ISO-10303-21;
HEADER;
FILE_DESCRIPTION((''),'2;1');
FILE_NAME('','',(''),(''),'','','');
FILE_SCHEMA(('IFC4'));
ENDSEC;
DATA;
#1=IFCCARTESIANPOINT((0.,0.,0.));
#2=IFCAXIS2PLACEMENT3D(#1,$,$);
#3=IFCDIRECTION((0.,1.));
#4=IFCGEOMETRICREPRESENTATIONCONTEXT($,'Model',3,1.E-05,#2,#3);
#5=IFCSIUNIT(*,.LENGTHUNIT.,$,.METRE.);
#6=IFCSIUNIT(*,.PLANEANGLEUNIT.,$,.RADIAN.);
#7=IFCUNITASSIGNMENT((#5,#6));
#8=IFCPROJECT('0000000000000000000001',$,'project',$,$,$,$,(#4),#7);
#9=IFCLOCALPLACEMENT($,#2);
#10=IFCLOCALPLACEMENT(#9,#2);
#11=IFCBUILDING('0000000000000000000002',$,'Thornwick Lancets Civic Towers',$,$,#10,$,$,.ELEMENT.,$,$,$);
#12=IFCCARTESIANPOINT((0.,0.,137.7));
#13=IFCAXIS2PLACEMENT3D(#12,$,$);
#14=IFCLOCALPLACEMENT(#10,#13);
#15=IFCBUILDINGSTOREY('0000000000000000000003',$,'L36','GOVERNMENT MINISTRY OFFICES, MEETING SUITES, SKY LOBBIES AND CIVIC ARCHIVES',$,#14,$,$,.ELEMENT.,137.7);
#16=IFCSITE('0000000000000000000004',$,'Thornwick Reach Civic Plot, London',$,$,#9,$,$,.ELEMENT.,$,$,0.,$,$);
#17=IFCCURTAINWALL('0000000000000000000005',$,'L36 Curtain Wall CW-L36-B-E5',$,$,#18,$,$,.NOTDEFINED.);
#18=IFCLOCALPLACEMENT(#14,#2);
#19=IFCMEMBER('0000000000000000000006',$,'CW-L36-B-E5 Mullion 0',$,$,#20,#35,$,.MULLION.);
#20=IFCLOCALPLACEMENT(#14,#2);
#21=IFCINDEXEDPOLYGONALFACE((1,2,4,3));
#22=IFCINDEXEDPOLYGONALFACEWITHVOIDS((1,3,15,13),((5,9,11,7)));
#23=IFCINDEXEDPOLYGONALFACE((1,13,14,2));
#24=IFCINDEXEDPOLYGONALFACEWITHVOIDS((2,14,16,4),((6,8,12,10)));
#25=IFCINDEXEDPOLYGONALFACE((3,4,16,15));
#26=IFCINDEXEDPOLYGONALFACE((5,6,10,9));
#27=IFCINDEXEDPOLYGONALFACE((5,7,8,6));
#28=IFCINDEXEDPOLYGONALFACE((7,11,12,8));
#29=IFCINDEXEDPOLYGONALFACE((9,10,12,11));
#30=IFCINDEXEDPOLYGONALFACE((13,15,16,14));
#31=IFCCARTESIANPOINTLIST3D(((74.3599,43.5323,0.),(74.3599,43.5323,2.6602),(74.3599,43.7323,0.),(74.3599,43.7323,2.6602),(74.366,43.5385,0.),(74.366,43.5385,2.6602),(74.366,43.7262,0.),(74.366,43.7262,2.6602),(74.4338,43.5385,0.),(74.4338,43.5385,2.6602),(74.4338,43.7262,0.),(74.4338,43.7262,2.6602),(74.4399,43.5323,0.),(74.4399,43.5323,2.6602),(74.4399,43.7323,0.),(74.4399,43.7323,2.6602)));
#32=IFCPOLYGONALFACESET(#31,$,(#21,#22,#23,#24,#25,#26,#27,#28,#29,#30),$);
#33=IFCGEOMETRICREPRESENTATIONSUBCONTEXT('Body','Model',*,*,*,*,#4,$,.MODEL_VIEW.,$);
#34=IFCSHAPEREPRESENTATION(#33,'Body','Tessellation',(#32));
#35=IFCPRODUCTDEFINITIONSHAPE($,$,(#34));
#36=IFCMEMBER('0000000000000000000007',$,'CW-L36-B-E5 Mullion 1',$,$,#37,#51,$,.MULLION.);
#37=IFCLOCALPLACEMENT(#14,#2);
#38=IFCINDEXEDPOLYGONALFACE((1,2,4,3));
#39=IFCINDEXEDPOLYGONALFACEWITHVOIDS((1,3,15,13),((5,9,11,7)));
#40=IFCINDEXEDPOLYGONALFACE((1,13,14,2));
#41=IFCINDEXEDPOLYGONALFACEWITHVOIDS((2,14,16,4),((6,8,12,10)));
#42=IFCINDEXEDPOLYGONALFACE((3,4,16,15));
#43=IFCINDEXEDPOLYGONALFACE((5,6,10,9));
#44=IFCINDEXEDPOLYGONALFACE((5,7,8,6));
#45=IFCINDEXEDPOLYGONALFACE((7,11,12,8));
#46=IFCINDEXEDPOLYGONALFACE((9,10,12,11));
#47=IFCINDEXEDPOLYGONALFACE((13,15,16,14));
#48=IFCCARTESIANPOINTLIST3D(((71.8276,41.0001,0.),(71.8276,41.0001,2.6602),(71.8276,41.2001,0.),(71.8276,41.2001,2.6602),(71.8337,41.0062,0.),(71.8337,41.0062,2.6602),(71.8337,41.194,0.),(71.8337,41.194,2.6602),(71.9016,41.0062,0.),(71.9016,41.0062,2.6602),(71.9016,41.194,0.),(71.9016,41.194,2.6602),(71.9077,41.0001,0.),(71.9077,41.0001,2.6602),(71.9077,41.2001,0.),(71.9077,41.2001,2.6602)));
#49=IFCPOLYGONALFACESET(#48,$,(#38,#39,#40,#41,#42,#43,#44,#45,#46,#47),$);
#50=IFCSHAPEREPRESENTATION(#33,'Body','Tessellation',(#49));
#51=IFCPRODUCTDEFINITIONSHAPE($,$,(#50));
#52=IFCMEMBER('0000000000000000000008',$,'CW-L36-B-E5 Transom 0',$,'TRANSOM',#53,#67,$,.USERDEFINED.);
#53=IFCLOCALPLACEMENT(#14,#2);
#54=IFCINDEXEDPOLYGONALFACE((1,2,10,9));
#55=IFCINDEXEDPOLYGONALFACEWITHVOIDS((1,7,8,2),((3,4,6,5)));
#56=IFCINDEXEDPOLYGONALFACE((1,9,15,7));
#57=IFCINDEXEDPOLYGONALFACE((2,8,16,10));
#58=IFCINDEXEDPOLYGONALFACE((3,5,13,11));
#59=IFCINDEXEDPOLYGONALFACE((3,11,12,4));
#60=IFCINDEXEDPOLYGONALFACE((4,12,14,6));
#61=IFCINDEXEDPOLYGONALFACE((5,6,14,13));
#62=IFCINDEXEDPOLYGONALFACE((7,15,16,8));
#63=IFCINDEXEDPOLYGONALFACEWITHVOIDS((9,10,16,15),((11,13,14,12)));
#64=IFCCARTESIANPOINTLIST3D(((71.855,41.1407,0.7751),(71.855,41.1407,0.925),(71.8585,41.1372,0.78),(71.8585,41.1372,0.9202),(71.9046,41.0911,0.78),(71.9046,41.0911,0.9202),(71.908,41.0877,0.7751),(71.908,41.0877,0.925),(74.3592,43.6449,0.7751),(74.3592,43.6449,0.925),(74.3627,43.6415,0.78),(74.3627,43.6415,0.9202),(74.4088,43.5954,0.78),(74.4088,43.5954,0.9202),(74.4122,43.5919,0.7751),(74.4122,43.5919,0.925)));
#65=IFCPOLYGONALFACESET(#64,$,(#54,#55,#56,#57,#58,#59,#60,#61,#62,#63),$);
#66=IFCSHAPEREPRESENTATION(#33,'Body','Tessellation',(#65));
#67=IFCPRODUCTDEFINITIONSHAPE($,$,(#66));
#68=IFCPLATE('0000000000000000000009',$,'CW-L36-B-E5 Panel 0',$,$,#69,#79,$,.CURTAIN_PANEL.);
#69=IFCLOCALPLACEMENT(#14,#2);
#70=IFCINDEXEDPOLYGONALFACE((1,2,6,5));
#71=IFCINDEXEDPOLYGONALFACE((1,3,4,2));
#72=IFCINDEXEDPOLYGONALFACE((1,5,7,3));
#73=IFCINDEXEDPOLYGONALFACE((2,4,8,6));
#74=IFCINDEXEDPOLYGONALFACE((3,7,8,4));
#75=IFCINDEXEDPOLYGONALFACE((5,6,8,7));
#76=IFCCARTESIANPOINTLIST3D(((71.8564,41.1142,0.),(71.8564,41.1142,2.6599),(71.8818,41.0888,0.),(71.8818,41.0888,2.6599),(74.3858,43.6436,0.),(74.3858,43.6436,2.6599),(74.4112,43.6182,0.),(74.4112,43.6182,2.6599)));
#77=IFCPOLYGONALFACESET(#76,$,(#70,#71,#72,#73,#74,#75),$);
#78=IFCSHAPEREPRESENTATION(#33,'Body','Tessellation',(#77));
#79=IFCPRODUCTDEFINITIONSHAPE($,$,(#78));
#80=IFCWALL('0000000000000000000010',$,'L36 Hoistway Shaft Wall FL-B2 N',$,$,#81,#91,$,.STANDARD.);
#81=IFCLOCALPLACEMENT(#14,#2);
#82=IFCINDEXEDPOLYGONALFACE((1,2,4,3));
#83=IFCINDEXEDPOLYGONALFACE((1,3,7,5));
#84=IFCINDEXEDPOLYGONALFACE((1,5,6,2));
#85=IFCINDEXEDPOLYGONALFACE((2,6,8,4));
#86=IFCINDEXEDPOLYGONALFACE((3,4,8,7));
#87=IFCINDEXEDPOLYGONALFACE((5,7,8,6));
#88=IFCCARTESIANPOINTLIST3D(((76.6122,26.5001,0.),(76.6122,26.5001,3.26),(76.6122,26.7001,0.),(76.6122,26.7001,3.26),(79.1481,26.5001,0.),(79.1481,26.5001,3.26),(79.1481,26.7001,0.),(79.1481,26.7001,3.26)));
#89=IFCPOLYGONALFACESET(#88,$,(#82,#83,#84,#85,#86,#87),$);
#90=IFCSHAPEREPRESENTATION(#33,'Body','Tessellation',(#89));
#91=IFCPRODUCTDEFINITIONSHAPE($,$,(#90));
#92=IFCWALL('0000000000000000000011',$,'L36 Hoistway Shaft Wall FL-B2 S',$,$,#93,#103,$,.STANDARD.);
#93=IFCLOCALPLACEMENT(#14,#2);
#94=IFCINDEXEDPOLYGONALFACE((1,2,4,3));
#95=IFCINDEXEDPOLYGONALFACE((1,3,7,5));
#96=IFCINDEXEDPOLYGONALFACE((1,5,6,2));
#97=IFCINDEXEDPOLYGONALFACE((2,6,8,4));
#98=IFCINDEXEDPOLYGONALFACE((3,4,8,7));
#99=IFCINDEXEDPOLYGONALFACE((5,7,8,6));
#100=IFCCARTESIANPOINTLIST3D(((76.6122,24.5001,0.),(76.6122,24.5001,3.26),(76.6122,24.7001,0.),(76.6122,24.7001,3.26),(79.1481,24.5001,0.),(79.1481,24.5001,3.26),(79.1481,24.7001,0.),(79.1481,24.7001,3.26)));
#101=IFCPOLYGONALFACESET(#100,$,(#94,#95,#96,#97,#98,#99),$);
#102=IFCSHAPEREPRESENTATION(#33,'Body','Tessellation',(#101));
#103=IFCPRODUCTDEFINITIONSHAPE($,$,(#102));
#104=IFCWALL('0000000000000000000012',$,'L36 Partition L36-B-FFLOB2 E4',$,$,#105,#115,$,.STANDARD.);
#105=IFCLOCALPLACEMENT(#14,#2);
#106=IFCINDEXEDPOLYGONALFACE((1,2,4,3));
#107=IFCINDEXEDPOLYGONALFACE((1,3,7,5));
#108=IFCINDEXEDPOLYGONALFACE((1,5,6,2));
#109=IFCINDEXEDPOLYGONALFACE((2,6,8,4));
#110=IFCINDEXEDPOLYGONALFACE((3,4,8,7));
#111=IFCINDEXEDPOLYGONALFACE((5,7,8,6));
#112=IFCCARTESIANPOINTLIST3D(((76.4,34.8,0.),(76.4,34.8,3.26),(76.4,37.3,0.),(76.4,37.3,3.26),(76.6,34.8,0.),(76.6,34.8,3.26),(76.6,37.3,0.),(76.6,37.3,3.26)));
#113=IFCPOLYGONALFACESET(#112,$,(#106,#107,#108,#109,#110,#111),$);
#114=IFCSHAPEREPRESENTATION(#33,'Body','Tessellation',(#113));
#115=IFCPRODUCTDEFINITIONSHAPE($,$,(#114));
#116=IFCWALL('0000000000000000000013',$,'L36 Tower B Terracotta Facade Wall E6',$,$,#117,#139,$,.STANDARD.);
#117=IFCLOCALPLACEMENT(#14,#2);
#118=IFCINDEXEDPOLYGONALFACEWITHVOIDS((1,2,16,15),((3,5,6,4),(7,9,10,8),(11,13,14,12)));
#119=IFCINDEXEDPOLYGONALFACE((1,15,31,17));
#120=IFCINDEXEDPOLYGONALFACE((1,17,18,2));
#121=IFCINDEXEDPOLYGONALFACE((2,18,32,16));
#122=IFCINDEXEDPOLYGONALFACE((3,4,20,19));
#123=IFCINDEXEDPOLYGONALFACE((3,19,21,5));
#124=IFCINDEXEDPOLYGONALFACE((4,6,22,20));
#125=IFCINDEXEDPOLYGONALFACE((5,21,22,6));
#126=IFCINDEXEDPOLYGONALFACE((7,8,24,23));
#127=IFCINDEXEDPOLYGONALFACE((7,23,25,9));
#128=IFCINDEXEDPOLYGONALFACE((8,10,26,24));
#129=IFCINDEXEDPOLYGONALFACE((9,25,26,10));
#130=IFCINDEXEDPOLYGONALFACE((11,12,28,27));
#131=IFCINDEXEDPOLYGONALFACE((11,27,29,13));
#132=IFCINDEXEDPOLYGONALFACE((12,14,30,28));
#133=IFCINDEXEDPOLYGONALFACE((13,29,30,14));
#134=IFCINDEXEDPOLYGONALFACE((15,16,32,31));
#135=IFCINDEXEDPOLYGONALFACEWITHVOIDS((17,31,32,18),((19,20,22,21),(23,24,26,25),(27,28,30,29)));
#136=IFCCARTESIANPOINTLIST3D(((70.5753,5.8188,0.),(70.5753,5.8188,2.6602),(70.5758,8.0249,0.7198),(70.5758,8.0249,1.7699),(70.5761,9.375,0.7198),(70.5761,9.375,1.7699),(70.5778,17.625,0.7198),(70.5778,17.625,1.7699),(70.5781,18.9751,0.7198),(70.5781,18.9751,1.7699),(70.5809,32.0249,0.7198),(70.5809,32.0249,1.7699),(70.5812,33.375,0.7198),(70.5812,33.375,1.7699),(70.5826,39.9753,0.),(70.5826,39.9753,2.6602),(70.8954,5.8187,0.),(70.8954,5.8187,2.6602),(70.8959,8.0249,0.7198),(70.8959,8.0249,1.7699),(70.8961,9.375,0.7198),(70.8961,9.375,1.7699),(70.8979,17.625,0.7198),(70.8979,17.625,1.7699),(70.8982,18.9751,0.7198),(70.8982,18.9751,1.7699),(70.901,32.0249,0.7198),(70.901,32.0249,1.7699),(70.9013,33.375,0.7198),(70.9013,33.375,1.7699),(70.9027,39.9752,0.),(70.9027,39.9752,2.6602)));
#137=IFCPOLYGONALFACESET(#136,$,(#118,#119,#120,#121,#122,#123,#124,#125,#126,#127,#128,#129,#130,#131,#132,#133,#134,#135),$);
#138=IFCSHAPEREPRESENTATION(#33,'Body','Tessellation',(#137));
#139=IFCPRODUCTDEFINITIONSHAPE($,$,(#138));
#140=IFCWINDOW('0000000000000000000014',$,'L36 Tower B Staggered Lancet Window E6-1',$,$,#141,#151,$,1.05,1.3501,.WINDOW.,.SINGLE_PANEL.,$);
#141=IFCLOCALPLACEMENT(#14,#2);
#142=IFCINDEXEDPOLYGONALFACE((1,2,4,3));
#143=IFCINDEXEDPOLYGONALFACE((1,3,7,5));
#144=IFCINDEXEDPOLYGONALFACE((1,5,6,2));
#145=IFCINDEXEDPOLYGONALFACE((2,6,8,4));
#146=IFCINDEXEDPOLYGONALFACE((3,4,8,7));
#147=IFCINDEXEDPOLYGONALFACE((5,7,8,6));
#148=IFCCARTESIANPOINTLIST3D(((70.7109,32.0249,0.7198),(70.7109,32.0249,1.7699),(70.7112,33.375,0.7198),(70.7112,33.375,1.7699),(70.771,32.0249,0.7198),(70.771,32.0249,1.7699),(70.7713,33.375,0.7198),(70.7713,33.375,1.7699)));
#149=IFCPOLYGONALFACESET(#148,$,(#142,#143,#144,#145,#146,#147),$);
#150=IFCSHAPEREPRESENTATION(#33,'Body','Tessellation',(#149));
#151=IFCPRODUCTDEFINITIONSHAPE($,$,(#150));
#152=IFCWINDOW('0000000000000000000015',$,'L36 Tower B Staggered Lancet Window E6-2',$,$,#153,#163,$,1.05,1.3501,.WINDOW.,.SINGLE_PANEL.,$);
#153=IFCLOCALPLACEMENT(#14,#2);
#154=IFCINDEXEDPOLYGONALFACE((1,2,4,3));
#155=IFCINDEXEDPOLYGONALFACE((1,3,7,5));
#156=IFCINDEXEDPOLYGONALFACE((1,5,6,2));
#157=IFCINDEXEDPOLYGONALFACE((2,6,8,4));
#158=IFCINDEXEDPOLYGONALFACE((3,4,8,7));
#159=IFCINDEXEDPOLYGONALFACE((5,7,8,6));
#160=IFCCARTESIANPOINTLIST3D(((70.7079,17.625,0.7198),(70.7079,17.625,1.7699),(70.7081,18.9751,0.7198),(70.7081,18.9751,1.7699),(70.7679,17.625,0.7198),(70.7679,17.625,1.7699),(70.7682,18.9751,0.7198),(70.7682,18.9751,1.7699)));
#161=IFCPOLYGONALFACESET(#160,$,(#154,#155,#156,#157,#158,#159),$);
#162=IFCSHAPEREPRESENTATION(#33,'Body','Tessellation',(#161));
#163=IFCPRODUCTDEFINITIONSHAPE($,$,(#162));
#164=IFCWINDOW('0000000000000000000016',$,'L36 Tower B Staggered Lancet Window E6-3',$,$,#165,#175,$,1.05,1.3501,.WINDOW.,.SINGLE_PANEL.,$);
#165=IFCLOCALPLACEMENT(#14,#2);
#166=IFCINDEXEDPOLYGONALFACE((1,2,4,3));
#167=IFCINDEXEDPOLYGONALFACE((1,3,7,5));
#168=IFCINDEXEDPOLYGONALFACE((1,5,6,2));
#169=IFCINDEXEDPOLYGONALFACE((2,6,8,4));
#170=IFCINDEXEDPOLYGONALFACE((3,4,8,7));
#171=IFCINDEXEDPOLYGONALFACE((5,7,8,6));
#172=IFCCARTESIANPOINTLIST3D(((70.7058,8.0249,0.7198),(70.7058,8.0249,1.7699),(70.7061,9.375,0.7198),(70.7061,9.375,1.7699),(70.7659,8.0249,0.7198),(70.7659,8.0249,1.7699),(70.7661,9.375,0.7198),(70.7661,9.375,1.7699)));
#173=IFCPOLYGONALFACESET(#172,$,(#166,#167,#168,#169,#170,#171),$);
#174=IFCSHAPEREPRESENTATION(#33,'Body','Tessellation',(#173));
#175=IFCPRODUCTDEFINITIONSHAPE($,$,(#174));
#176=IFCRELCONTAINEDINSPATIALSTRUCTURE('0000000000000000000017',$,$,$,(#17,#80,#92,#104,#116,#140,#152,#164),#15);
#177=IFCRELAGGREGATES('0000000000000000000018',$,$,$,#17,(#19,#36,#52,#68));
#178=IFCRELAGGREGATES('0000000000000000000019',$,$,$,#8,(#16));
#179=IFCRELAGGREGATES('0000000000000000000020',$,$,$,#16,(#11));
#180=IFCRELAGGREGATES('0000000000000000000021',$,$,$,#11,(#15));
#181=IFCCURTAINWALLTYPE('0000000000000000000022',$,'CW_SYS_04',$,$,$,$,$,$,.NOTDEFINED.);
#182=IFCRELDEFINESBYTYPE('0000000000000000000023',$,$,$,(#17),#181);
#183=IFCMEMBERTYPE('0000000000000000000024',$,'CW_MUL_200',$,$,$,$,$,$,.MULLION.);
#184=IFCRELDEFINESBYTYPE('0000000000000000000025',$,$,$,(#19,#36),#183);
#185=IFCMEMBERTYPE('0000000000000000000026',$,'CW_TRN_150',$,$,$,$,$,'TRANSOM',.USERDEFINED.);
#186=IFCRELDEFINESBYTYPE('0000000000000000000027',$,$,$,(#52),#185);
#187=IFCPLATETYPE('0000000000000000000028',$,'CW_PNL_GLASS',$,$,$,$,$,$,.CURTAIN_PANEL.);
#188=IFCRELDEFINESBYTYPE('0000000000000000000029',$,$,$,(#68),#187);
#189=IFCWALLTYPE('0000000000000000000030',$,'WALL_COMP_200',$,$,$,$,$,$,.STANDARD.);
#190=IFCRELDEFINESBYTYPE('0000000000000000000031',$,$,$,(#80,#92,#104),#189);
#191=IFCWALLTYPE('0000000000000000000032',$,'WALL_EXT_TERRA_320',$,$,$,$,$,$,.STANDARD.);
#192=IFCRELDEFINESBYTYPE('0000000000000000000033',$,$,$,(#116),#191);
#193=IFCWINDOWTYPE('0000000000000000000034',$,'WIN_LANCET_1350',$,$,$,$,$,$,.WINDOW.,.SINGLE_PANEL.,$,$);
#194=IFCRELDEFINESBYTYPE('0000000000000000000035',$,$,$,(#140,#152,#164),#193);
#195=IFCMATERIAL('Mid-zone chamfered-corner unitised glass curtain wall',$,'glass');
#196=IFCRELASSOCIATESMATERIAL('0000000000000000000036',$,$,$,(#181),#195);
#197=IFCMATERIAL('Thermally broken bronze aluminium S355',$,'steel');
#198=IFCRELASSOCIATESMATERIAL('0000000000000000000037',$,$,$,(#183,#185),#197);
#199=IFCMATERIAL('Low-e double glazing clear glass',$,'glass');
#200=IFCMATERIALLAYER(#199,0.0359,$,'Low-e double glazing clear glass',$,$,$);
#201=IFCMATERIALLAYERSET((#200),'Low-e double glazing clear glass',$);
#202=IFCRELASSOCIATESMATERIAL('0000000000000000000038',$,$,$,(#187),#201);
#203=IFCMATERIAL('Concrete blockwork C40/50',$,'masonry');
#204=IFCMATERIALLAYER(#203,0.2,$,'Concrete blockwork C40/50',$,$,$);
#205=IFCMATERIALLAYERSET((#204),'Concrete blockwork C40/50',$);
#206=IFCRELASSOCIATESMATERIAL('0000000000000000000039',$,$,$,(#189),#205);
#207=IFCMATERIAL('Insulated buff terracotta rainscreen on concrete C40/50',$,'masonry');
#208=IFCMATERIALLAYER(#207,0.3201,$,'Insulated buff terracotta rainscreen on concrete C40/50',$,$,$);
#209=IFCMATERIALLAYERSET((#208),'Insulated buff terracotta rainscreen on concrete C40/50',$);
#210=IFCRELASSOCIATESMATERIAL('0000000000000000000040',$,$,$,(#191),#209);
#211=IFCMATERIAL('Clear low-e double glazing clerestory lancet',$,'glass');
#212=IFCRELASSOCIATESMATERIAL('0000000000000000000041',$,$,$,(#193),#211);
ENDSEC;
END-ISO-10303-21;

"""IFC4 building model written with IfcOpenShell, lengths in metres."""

from ifc_helpers import new_model, si_unit, direction, frame, frame_2d, origin, origin_2d, place, context, subcontext, project, spatial, rectangle, hollow_rectangle, extrude, material, layer, layer_set, material_profile, profile_set, type_object, element, fill, aggregate, save


model = new_model("IFC4")

# Units and contexts
model_context = context("Model", 3, precision=1e-05, world=origin(), true_north=direction((0.0, 1.0)))
body_context = subcontext(model_context, "Body", "Model", "MODEL_VIEW")
ifc_project = project(units=[si_unit("LENGTHUNIT", "METRE"), si_unit("PLANEANGLEUNIT", "RADIAN")], contexts=[model_context])

# Site, building, storey
site_placement = place(None, origin())
site = spatial("IfcSite", under=ifc_project, at=site_placement, Name="Thornwick Reach Civic Plot, London", CompositionType="ELEMENT", RefElevation=0.0)
building_placement = place(site_placement, origin())
building = spatial("IfcBuilding", under=site, at=building_placement, Name="Thornwick Lancets Civic Towers", CompositionType="ELEMENT")
storey_placement = place(building_placement, frame((0.0, 0.0, 137.7)))
storey = spatial("IfcBuildingStorey", under=building, at=storey_placement, Name="L36", Description="GOVERNMENT MINISTRY OFFICES, MEETING SUITES, SKY LOBBIES AND CIVIC ARCHIVES", CompositionType="ELEMENT", Elevation=137.7)

# Curtain wall, members, plate
ifc_material_1 = material(Name="Mid-zone chamfered-corner unitised glass curtain wall", Category="glass")
curtain_wall_type = type_object("IfcCurtainWallType", Name="CW_SYS_04", PredefinedType="NOTDEFINED", material=ifc_material_1)
curtain_wall_placement = place(storey_placement, origin())
curtain_wall = element("IfcCurtainWall", 1, at=curtain_wall_placement, inside=storey, type_object=curtain_wall_type, Name="L36 Curtain Wall CW-L36-B-E5", PredefinedType="NOTDEFINED")
ifc_material_2 = material(Name="Thermally broken bronze aluminium S355", Category="steel")
ifc_material_profile_1 = material_profile(ifc_material_2, hollow_rectangle(XDim=0.0801, YDim=0.2, WallThickness=0.0061, at=origin_2d()), Name="RHS 200x80x6")
ifc_profile_set_1 = profile_set([ifc_material_profile_1], Name="Thermally broken bronze aluminium S355")
member_type_1 = type_object("IfcMemberType", Name="CW_MUL_200", PredefinedType="MULLION", material=ifc_profile_set_1)
member_1_placement = place(storey_placement, frame((74.3999, 43.6323, 0.0), z_axis=(0.0, 0.0, 1.0), x_axis=(1.0, 0.0, 0.0)))
member_1 = element("IfcMember", 2, at=member_1_placement, type_object=member_type_1, Name="CW-L36-B-E5 Mullion 0", PredefinedType="MULLION", context=body_context, shape_type="SweptSolid", body=[
    extrude(hollow_rectangle(XDim=0.0801, YDim=0.2, WallThickness=0.0061, at=origin_2d()), origin(), (0.0, 0.0, 1.0), 2.6602),
])
member_2_placement = place(storey_placement, frame((71.8677, 41.1001, 0.0), z_axis=(0.0, 0.0, 1.0), x_axis=(1.0, 0.0, 0.0)))
member_2 = element("IfcMember", 3, at=member_2_placement, type_object=member_type_1, Name="CW-L36-B-E5 Mullion 1", PredefinedType="MULLION", context=body_context, shape_type="SweptSolid", body=[
    extrude(hollow_rectangle(XDim=0.0801, YDim=0.2, WallThickness=0.0061, at=origin_2d()), origin(), (0.0, 0.0, 1.0), 2.6602),
])
ifc_material_profile_2 = material_profile(ifc_material_2, hollow_rectangle(XDim=0.075, YDim=0.1499, WallThickness=0.0049, at=origin_2d()), Name="RHS 150x75x5")
ifc_profile_set_2 = profile_set([ifc_material_profile_2], Name="Thermally broken bronze aluminium S355")
member_type_2 = type_object("IfcMemberType", Name="CW_TRN_150", ElementType="TRANSOM", PredefinedType="USERDEFINED", material=ifc_profile_set_2)
member_3_placement = place(storey_placement, frame((74.3857, 43.6184, 0.8501), z_axis=(-0.707107, -0.707107, 0.0), x_axis=(0.707107, -0.707107, 0.0)))
member_3 = element("IfcMember", 4, at=member_3_placement, type_object=member_type_2, Name="CW-L36-B-E5 Transom 0", ObjectType="TRANSOM", PredefinedType="USERDEFINED", context=body_context, shape_type="SweptSolid", body=[
    extrude(hollow_rectangle(XDim=0.075, YDim=0.1499, WallThickness=0.0049, at=origin_2d()), origin(), (0.0, 0.0, 1.0), 3.5415),
])
ifc_material_3 = material(Name="Low-e double glazing clear glass", Category="glass")
ifc_layer_1 = layer(ifc_material_3, 0.0359, Name="Low-e double glazing clear glass")
ifc_layer_set_1 = layer_set([ifc_layer_1], Name="Low-e double glazing clear glass")
plate_type = type_object("IfcPlateType", Name="CW_PNL_GLASS", PredefinedType="CURTAIN_PANEL", material=ifc_layer_set_1)
plate_placement = place(storey_placement, frame((73.1338, 42.3662, 0.0), z_axis=(0.0, 0.0, 1.0), x_axis=(-0.707107, -0.707107, 0.0)))
plate = element("IfcPlate", 5, at=plate_placement, type_object=plate_type, Name="CW-L36-B-E5 Panel 0", PredefinedType="CURTAIN_PANEL", context=body_context, shape_type="SweptSolid", body=[
    extrude(rectangle(XDim=3.5771, YDim=0.0359, at=origin_2d()), origin(), (0.0, 0.0, 1.0), 2.6599),
])
aggregate(curtain_wall, [member_1, member_2, member_3, plate])

# Walls
ifc_material_4 = material(Name="Concrete blockwork C40/50", Category="masonry")
ifc_layer_2 = layer(ifc_material_4, 0.2, Name="Concrete blockwork C40/50")
ifc_layer_set_2 = layer_set([ifc_layer_2], Name="Concrete blockwork C40/50")
wall_type_1 = type_object("IfcWallType", Name="WALL_COMP_200", PredefinedType="STANDARD", material=ifc_layer_set_2)
for number, where, z_axis, x_axis, name in (
    (6, (76.6121, 26.6001, 0.0), (0.0, 0.0, 1.0), (1.0, 0.0, 0.0), "L36 Hoistway Shaft Wall FL-B2 N"),
    (7, (76.6121, 24.6001, 0.0), (0.0, 0.0, 1.0), (1.0, 0.0, 0.0), "L36 Hoistway Shaft Wall FL-B2 S"),
):
    element("IfcWall", number, at=place(storey_placement, frame(where, z_axis=z_axis, x_axis=x_axis)), inside=storey, type_object=wall_type_1, Name=name, PredefinedType="STANDARD", context=body_context, shape_type="SweptSolid", body=[
        extrude(rectangle(XDim=2.5359, YDim=0.2, at=frame_2d((1.2681, 0.0))), origin(), (0.0, 0.0, 1.0), 3.26),
    ])
wall_1_placement = place(storey_placement, frame((76.5, 37.3, 0.0), z_axis=(0.0, 0.0, 1.0), x_axis=(0.0, -1.0, 0.0)))
element("IfcWall", 8, at=wall_1_placement, inside=storey, type_object=wall_type_1, Name="L36 Partition L36-B-FFLOB2 E4", PredefinedType="STANDARD", context=body_context, shape_type="SweptSolid", body=[
    extrude(rectangle(XDim=2.5, YDim=0.2, at=frame_2d((1.25, 0.0))), origin(), (0.0, 0.0, 1.0), 3.26),
])

# Wall, openings, windows
ifc_material_5 = material(Name="Insulated buff terracotta rainscreen on concrete C40/50", Category="masonry")
ifc_layer_3 = layer(ifc_material_5, 0.3201, Name="Insulated buff terracotta rainscreen on concrete C40/50")
ifc_layer_set_3 = layer_set([ifc_layer_3], Name="Insulated buff terracotta rainscreen on concrete C40/50")
wall_type_2 = type_object("IfcWallType", Name="WALL_EXT_TERRA_320", PredefinedType="STANDARD", material=ifc_layer_set_3)
wall_2_placement = place(storey_placement, frame((70.7427, 39.9751, 0.0), z_axis=(0.0, 0.0, 1.0), x_axis=(-0.000214, -1.0, 0.0)))
wall_2 = element("IfcWall", 9, at=wall_2_placement, inside=storey, type_object=wall_type_2, Name="L36 Tower B Terracotta Facade Wall E6", PredefinedType="STANDARD", context=body_context, shape_type="SweptSolid", body=[
    extrude(rectangle(XDim=34.1565, YDim=0.3201, at=frame_2d((17.0781, 0.0))), origin(), (0.0, 0.0, 1.0), 2.6602),
])
opening_1_placement = place(wall_2_placement, frame((6.6001, 0.0, 0.72)))
opening_1 = element("IfcOpeningElement", 10, at=opening_1_placement, cuts=wall_2, PredefinedType="OPENING", context=body_context, shape_type="SweptSolid", body=[
    extrude(rectangle(XDim=1.3501, YDim=1.05, at=frame_2d((0.675, 0.5249))), frame((0.0, 0.1699, 0.0), z_axis=(0.0, -1.0, 0.0), x_axis=(1.0, 0.0, 0.0)), (0.0, 0.0, 1.0), 0.3401),
])
opening_2_placement = place(wall_2_placement, frame((21.0, 0.0, 0.72)))
opening_2 = element("IfcOpeningElement", 11, at=opening_2_placement, cuts=wall_2, PredefinedType="OPENING", context=body_context, shape_type="SweptSolid", body=[
    extrude(rectangle(XDim=1.3501, YDim=1.05, at=frame_2d((0.675, 0.5249))), frame((0.0, 0.1699, 0.0), z_axis=(0.0, -1.0, 0.0), x_axis=(1.0, 0.0, 0.0)), (0.0, 0.0, 1.0), 0.3401),
])
opening_3_placement = place(wall_2_placement, frame((30.6001, 0.0, 0.72)))
opening_3 = element("IfcOpeningElement", 12, at=opening_3_placement, cuts=wall_2, PredefinedType="OPENING", context=body_context, shape_type="SweptSolid", body=[
    extrude(rectangle(XDim=1.3501, YDim=1.05, at=frame_2d((0.675, 0.5249))), frame((0.0, 0.1699, 0.0), z_axis=(0.0, -1.0, 0.0), x_axis=(1.0, 0.0, 0.0)), (0.0, 0.0, 1.0), 0.3401),
])
ifc_material_6 = material(Name="Clear low-e double glazing clerestory lancet", Category="glass")
window_type = type_object("IfcWindowType", Name="WIN_LANCET_1350", PartitioningType="SINGLE_PANEL", PredefinedType="WINDOW", material=ifc_material_6)
window_1_placement = place(opening_1_placement, origin())
window_1 = element("IfcWindow", 13, at=window_1_placement, inside=storey, type_object=window_type, Name="L36 Tower B Staggered Lancet Window E6-1", OverallHeight=1.05, OverallWidth=1.3501, PartitioningType="SINGLE_PANEL", PredefinedType="WINDOW", context=body_context, shape_type="SweptSolid", body=[
    extrude(rectangle(XDim=1.3501, YDim=1.05, at=frame_2d((0.675, 0.5249))), frame((0.0, 0.03, 0.0), z_axis=(0.0, -1.0, 0.0), x_axis=(1.0, 0.0, 0.0)), (0.0, 0.0, 1.0), 0.0601),
])
fill(opening_1, window_1)
window_2_placement = place(opening_2_placement, origin())
window_2 = element("IfcWindow", 14, at=window_2_placement, inside=storey, type_object=window_type, Name="L36 Tower B Staggered Lancet Window E6-2", OverallHeight=1.05, OverallWidth=1.3501, PartitioningType="SINGLE_PANEL", PredefinedType="WINDOW", context=body_context, shape_type="SweptSolid", body=[
    extrude(rectangle(XDim=1.3501, YDim=1.05, at=frame_2d((0.675, 0.5249))), frame((0.0, 0.03, 0.0), z_axis=(0.0, -1.0, 0.0), x_axis=(1.0, 0.0, 0.0)), (0.0, 0.0, 1.0), 0.0601),
])
fill(opening_2, window_2)
window_3_placement = place(opening_3_placement, origin())
window_3 = element("IfcWindow", 15, at=window_3_placement, inside=storey, type_object=window_type, Name="L36 Tower B Staggered Lancet Window E6-3", OverallHeight=1.05, OverallWidth=1.3501, PartitioningType="SINGLE_PANEL", PredefinedType="WINDOW", context=body_context, shape_type="SweptSolid", body=[
    extrude(rectangle(XDim=1.3501, YDim=1.05, at=frame_2d((0.675, 0.5249))), frame((0.0, 0.03, 0.0), z_axis=(0.0, -1.0, 0.0), x_axis=(1.0, 0.0, 0.0)), (0.0, 0.0, 1.0), 0.0601),
])
fill(opening_3, window_3)

save(model, "model.ifc")
